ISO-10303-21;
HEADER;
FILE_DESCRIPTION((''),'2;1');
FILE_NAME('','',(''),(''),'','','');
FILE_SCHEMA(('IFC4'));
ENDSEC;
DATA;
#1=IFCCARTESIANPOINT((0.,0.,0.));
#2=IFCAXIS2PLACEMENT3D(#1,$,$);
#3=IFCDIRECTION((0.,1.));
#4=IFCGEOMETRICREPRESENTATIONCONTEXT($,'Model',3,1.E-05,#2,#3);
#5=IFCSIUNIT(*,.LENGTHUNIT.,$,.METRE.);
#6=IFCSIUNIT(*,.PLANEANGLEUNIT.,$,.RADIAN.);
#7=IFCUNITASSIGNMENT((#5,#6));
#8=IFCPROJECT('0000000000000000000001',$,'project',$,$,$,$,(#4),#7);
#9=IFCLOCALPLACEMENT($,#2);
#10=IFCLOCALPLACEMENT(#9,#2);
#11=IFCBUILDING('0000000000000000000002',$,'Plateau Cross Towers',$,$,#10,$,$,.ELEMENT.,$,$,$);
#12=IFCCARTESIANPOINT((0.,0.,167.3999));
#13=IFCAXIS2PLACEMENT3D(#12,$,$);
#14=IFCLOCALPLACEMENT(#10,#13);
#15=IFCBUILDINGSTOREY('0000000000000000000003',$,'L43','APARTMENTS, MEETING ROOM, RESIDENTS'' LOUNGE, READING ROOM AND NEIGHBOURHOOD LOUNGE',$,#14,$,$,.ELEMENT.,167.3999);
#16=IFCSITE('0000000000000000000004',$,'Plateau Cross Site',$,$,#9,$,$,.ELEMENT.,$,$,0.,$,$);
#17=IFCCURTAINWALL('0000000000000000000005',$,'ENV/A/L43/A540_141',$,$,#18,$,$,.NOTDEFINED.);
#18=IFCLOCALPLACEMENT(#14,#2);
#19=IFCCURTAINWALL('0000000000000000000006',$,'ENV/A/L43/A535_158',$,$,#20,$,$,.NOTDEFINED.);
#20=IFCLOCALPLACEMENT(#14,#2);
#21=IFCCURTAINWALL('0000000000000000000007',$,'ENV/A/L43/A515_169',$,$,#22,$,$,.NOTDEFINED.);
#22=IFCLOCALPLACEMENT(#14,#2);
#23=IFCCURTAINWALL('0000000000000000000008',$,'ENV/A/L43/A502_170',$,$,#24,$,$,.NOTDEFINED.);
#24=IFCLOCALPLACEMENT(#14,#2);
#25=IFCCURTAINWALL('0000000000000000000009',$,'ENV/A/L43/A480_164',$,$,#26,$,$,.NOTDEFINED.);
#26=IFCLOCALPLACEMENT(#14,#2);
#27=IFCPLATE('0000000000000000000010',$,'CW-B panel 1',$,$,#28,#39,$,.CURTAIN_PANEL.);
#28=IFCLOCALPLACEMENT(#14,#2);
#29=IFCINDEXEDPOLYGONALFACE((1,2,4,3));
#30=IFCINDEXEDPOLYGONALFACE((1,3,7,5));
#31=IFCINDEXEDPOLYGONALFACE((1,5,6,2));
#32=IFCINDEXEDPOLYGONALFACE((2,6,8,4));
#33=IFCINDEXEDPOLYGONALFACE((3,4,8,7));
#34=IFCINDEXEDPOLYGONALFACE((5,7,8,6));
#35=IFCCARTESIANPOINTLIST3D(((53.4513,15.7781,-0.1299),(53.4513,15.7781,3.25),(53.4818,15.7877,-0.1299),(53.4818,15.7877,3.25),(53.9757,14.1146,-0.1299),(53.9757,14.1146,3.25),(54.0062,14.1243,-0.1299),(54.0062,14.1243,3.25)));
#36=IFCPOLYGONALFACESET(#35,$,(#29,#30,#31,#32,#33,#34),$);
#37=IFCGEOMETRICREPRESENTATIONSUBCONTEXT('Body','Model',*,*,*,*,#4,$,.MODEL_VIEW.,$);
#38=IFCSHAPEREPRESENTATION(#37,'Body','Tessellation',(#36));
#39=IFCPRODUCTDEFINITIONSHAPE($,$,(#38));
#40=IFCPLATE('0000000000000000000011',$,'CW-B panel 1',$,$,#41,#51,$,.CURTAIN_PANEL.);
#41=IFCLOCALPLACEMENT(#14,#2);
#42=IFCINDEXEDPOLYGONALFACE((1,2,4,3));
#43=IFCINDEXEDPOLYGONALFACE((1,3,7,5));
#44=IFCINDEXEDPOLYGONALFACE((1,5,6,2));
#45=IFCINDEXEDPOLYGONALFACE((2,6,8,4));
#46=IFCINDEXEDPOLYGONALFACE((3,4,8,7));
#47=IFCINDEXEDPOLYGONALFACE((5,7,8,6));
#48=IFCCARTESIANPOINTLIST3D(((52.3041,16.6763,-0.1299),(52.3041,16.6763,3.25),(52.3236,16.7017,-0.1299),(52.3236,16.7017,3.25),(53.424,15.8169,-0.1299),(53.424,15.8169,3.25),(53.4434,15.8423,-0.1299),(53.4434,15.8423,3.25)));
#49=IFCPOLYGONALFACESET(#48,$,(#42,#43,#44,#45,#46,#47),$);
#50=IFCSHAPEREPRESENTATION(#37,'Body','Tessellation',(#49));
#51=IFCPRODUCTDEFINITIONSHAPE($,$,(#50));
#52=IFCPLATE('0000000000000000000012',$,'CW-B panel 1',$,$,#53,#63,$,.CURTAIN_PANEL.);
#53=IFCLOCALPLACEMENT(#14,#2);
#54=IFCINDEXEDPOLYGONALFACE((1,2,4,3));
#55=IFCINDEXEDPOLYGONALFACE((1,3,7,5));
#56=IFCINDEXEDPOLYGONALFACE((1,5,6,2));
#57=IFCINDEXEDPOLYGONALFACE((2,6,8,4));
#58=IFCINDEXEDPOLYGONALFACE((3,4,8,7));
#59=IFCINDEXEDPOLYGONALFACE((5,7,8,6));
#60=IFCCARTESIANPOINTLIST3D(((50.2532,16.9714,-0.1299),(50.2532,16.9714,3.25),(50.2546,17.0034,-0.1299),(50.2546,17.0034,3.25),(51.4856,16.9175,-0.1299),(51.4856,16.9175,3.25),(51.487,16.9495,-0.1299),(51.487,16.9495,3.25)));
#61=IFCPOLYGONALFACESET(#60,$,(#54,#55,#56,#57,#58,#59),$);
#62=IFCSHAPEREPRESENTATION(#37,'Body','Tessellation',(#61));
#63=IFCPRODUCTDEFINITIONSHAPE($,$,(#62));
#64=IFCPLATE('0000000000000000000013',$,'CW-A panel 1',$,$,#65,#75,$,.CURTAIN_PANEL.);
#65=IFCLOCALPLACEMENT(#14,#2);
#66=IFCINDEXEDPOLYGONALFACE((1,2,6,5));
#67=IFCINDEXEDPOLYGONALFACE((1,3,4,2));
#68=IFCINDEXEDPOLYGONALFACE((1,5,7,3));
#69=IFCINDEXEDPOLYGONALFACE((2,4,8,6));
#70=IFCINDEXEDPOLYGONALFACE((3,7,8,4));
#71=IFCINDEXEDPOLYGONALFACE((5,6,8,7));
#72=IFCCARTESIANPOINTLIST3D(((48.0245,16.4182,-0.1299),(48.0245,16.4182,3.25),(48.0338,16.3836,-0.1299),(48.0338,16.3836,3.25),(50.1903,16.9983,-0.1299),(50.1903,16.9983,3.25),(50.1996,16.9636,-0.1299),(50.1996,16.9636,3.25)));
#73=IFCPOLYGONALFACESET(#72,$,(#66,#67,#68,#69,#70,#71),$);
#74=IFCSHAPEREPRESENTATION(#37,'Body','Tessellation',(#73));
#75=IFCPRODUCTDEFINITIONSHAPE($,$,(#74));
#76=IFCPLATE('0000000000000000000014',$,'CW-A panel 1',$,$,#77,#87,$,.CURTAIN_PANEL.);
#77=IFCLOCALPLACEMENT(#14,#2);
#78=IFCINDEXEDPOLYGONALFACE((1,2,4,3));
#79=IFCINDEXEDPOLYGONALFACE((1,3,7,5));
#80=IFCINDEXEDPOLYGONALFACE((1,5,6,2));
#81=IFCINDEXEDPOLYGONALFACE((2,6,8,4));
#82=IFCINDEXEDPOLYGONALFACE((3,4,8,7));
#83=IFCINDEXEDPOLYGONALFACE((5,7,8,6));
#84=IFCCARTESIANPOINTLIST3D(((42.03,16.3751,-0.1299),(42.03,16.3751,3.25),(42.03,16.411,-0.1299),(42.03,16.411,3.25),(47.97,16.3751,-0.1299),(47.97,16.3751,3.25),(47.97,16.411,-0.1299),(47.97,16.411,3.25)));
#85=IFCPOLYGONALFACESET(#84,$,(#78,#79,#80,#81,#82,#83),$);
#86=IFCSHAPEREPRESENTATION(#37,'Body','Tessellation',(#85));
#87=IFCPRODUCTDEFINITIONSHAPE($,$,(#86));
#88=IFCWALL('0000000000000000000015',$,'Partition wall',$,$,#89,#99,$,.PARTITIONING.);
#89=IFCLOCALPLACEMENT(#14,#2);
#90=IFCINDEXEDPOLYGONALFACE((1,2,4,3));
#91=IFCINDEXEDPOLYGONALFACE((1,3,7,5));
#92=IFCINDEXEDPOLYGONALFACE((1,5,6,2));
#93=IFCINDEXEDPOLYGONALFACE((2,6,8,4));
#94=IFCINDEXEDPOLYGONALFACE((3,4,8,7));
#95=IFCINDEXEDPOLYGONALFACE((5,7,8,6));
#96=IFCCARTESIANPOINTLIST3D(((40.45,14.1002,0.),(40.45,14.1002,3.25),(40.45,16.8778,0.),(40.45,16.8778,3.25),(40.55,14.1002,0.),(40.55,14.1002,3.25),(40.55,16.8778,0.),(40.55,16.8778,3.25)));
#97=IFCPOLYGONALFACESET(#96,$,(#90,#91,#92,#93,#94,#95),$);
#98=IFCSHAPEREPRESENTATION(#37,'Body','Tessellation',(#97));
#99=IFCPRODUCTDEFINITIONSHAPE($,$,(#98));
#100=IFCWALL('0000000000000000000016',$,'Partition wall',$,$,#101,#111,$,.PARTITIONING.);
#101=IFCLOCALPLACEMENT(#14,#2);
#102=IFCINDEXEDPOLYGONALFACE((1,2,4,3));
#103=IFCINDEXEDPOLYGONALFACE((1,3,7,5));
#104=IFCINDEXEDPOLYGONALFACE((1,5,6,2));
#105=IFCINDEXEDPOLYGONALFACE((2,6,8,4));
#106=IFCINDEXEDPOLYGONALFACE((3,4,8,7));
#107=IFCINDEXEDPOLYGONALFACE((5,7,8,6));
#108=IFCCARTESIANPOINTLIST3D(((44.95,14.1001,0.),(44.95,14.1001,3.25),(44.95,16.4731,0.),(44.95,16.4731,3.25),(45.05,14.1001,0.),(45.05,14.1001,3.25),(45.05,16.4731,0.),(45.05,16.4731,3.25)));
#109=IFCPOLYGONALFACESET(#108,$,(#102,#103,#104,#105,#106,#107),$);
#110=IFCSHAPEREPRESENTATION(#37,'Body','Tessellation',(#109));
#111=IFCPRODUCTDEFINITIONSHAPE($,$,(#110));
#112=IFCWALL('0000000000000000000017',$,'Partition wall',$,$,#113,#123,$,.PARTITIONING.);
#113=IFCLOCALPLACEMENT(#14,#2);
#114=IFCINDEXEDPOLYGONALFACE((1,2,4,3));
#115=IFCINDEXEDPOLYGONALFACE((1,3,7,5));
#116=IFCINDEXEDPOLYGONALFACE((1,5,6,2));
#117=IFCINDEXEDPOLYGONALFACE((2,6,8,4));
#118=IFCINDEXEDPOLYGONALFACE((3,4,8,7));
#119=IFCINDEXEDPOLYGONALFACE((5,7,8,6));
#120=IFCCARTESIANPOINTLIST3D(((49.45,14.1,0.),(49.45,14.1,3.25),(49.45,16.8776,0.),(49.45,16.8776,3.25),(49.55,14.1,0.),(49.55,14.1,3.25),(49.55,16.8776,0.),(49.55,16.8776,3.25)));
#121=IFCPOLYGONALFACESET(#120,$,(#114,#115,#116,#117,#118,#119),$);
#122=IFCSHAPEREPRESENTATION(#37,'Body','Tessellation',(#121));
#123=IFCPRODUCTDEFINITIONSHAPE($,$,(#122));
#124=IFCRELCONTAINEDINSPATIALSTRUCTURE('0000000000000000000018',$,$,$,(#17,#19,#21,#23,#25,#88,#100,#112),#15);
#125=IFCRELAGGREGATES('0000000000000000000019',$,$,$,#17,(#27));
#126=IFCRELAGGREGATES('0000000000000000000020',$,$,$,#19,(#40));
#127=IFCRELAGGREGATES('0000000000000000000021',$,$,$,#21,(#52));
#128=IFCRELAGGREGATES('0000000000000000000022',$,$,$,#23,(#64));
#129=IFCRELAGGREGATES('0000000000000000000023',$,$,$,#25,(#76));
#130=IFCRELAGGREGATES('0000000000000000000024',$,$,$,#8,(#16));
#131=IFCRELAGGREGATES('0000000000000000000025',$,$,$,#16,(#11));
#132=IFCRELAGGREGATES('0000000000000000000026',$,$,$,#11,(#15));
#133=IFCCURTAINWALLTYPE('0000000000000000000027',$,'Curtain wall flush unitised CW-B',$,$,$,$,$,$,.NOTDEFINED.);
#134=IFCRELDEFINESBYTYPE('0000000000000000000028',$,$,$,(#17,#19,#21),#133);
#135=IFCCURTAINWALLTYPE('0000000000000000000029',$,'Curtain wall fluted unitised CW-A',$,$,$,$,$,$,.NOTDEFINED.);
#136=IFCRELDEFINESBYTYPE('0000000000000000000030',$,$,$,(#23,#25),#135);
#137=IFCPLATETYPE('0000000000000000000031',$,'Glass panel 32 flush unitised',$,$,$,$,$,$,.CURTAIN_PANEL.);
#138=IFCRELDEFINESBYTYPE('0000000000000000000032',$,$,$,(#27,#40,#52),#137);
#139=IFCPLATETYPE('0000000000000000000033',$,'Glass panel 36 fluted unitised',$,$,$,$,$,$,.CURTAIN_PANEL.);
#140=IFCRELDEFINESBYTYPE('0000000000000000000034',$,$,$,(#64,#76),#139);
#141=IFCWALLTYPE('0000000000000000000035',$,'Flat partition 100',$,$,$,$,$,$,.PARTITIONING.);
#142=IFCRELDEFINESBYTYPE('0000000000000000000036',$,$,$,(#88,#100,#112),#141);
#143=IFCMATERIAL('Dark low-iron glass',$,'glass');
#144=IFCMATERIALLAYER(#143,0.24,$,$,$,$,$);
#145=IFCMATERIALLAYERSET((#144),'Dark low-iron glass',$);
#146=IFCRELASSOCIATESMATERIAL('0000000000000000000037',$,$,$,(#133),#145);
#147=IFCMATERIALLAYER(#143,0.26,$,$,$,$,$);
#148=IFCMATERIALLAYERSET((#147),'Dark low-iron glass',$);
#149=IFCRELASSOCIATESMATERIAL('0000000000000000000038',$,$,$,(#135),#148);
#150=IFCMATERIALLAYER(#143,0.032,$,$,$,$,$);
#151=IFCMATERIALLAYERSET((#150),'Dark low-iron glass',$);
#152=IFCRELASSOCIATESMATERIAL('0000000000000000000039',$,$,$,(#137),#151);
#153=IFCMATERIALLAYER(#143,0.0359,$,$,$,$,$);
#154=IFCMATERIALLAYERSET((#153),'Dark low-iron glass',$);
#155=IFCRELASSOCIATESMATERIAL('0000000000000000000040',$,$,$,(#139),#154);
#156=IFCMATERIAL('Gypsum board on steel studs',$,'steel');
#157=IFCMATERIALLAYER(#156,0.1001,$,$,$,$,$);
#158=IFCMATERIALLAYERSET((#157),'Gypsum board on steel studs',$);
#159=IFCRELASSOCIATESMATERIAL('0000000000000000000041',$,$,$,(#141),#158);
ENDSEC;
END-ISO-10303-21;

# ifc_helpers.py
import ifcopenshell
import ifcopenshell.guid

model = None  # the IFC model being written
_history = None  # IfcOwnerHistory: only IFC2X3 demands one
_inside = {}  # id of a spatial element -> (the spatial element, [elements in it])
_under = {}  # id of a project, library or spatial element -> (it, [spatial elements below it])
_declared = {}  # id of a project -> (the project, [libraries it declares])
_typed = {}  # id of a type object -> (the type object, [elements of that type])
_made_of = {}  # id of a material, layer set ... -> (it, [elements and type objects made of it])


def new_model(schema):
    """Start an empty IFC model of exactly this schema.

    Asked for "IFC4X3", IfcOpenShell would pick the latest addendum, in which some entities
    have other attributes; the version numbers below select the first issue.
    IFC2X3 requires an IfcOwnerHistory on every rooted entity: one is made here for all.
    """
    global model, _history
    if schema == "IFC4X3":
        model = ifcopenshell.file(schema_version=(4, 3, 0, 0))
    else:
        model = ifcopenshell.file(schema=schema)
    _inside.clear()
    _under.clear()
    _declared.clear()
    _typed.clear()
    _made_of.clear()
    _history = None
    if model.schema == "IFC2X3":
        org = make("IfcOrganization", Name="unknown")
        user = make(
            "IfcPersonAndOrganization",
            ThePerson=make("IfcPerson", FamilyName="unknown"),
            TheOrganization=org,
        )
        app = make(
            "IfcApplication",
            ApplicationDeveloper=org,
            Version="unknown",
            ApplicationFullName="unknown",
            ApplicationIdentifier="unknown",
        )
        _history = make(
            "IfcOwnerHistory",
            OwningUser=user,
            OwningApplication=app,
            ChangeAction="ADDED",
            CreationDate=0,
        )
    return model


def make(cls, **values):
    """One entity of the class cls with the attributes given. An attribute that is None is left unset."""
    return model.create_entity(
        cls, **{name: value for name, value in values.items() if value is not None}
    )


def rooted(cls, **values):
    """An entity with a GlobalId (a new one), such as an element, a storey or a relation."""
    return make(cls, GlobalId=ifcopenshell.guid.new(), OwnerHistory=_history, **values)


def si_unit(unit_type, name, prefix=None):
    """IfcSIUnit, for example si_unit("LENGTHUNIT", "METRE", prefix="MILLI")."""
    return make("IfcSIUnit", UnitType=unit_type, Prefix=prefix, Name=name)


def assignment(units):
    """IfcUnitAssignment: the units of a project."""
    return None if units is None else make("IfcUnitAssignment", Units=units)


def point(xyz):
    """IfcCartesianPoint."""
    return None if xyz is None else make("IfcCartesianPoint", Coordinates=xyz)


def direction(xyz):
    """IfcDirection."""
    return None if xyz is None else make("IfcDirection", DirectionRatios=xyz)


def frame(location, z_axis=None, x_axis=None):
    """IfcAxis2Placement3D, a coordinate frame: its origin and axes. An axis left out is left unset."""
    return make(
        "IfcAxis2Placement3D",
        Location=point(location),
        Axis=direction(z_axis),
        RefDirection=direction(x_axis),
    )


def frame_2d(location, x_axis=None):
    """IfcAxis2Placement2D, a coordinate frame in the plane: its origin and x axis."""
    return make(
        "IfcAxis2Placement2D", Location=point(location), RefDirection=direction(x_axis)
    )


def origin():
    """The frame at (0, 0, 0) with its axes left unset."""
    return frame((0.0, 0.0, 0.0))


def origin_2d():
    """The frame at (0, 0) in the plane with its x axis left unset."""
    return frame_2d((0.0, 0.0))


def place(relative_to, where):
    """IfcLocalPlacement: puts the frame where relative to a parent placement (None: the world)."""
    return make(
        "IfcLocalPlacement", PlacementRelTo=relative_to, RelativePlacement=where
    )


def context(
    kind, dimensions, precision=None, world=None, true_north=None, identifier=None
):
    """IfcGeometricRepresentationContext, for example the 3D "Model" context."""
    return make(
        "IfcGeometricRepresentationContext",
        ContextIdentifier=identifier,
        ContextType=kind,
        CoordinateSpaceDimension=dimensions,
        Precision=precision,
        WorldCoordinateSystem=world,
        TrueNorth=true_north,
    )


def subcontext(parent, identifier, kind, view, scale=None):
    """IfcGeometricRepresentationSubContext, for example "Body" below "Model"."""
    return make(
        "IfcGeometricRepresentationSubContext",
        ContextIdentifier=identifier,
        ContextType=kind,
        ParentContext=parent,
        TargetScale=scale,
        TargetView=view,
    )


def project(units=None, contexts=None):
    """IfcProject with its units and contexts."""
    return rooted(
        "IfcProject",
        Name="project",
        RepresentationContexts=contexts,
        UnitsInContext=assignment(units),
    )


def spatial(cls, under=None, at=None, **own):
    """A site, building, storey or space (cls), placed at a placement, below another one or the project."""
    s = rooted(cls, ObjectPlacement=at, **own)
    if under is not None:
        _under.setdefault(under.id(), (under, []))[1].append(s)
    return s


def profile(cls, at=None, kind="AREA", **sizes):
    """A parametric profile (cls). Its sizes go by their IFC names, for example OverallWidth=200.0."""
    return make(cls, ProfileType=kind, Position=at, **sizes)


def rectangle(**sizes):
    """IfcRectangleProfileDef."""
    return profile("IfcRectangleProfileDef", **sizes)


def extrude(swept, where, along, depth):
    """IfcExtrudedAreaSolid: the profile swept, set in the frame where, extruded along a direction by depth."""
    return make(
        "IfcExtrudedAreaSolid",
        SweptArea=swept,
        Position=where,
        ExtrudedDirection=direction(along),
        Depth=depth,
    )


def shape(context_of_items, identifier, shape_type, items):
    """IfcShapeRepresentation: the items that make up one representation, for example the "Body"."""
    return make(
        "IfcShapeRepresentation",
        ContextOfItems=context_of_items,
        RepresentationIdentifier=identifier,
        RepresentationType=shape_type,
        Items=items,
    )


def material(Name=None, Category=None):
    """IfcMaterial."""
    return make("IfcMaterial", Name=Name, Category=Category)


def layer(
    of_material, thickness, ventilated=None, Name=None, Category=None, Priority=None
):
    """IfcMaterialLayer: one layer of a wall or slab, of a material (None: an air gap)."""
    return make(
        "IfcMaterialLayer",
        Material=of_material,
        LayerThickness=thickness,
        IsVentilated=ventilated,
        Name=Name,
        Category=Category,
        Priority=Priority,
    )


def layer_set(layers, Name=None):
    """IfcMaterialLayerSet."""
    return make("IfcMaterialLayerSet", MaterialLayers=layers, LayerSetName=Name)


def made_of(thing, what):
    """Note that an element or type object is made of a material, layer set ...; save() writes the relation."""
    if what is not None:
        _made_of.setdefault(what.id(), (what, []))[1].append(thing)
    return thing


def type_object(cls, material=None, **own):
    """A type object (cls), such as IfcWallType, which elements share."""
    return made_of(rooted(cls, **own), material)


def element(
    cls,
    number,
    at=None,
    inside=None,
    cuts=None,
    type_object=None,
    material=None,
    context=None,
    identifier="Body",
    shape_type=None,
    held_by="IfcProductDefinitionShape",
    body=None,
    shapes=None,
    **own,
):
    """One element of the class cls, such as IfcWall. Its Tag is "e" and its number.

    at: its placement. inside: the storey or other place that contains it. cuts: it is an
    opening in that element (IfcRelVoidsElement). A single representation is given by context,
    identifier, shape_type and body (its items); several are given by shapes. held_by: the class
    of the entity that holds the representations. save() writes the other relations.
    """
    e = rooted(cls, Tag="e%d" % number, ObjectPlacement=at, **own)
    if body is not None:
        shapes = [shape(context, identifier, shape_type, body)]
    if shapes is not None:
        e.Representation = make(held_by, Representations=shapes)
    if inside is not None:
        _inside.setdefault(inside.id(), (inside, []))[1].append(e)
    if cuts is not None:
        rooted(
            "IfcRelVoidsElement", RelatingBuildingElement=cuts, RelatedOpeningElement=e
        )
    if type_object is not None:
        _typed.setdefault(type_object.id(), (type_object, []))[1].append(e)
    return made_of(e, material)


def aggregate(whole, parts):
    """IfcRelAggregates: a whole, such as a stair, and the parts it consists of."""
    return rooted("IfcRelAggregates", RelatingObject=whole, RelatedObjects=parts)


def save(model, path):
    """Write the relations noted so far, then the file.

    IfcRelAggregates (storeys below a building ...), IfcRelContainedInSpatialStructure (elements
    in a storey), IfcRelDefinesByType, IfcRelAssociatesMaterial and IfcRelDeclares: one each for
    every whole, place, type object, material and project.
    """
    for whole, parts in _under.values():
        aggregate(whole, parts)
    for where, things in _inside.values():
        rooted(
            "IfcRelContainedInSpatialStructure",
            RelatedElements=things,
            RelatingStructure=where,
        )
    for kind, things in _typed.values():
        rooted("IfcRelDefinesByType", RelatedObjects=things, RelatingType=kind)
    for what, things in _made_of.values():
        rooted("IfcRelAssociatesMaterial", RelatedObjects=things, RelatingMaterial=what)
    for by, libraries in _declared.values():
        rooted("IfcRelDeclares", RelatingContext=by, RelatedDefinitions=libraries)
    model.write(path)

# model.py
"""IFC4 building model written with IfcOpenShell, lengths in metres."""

from ifc_helpers import new_model, si_unit, direction, frame, frame_2d, origin, origin_2d, place, context, subcontext, project, spatial, rectangle, extrude, material, layer, layer_set, type_object, element, aggregate, save


model = new_model("IFC4")

# Units and contexts
model_context = context("Model", 3, precision=1e-05, world=origin(), true_north=direction((0.0, 1.0)))
body_context = subcontext(model_context, "Body", "Model", "MODEL_VIEW")
ifc_project = project(units=[si_unit("LENGTHUNIT", "METRE"), si_unit("PLANEANGLEUNIT", "RADIAN")], contexts=[model_context])

# Site, building, storey
site_placement = place(None, origin())
site = spatial("IfcSite", under=ifc_project, at=site_placement, Name="Plateau Cross Site", CompositionType="ELEMENT", RefElevation=0.0)
building_placement = place(site_placement, origin())
building = spatial("IfcBuilding", under=site, at=building_placement, Name="Plateau Cross Towers", CompositionType="ELEMENT")
storey_placement = place(building_placement, frame((0.0, 0.0, 167.3999)))
storey = spatial("IfcBuildingStorey", under=building, at=storey_placement, Name="L43", Description="APARTMENTS, MEETING ROOM, RESIDENTS' LOUNGE, READING ROOM AND NEIGHBOURHOOD LOUNGE", CompositionType="ELEMENT", Elevation=167.3999)

# Curtain wall
ifc_material_1 = material(Name="Dark low-iron glass", Category="glass")
ifc_layer_1 = layer(ifc_material_1, 0.24)
ifc_layer_set_1 = layer_set([ifc_layer_1], Name="Dark low-iron glass")
curtain_wall_type_1 = type_object("IfcCurtainWallType", Name="Curtain wall flush unitised CW-B", PredefinedType="NOTDEFINED", material=ifc_layer_set_1)
curtain_wall_1_placement = place(storey_placement, origin())
curtain_wall_1 = element("IfcCurtainWall", 1, at=curtain_wall_1_placement, inside=storey, type_object=curtain_wall_type_1, Name="ENV/A/L43/A540_141", PredefinedType="NOTDEFINED")

# Curtain wall
curtain_wall_2_placement = place(storey_placement, origin())
curtain_wall_2 = element("IfcCurtainWall", 2, at=curtain_wall_2_placement, inside=storey, type_object=curtain_wall_type_1, Name="ENV/A/L43/A535_158", PredefinedType="NOTDEFINED")

# Curtain walls
curtain_wall_3_placement = place(storey_placement, origin())
curtain_wall_3 = element("IfcCurtainWall", 3, at=curtain_wall_3_placement, inside=storey, type_object=curtain_wall_type_1, Name="ENV/A/L43/A515_169", PredefinedType="NOTDEFINED")
ifc_layer_2 = layer(ifc_material_1, 0.26)
ifc_layer_set_2 = layer_set([ifc_layer_2], Name="Dark low-iron glass")
curtain_wall_type_2 = type_object("IfcCurtainWallType", Name="Curtain wall fluted unitised CW-A", PredefinedType="NOTDEFINED", material=ifc_layer_set_2)
curtain_wall_4_placement = place(storey_placement, origin())
curtain_wall_4 = element("IfcCurtainWall", 4, at=curtain_wall_4_placement, inside=storey, type_object=curtain_wall_type_2, Name="ENV/A/L43/A502_170", PredefinedType="NOTDEFINED")
curtain_wall_5_placement = place(storey_placement, origin())
curtain_wall_5 = element("IfcCurtainWall", 5, at=curtain_wall_5_placement, inside=storey, type_object=curtain_wall_type_2, Name="ENV/A/L43/A480_164", PredefinedType="NOTDEFINED")

# Plates
ifc_layer_3 = layer(ifc_material_1, 0.032)
ifc_layer_set_3 = layer_set([ifc_layer_3], Name="Dark low-iron glass")
plate_type_1 = type_object("IfcPlateType", Name="Glass panel 32 flush unitised", PredefinedType="CURTAIN_PANEL", material=ifc_layer_set_3)
plate_1_placement = place(storey_placement, frame((53.7288, 14.9512, -0.1299), z_axis=(0.0, 0.0, 1.0), x_axis=(-0.300686, 0.953723, 0.0)))
plate_1 = element("IfcPlate", 6, at=plate_1_placement, type_object=plate_type_1, Name="CW-B panel 1", PredefinedType="CURTAIN_PANEL", context=body_context, shape_type="SweptSolid", body=[
    extrude(rectangle(XDim=1.7441, YDim=0.032, at=origin_2d()), origin(), (0.0, 0.0, 1.0), 3.3799),
])
aggregate(curtain_wall_1, [plate_1])
plate_2_placement = place(storey_placement, frame((52.8738, 16.2593, -0.1299), z_axis=(0.0, 0.0, 1.0), x_axis=(-0.793316, 0.608811, 0.0)))
plate_2 = element("IfcPlate", 7, at=plate_2_placement, type_object=plate_type_1, Name="CW-B panel 1", PredefinedType="CURTAIN_PANEL", context=body_context, shape_type="SweptSolid", body=[
    extrude(rectangle(XDim=1.4116, YDim=0.032, at=origin_2d()), origin(), (0.0, 0.0, 1.0), 3.3799),
])
aggregate(curtain_wall_2, [plate_2])
plate_3_placement = place(storey_placement, frame((50.8701, 16.9604, -0.1299), z_axis=(0.0, 0.0, 1.0), x_axis=(-0.999044, 0.043723, 0.0)))
plate_3 = element("IfcPlate", 8, at=plate_3_placement, type_object=plate_type_1, Name="CW-B panel 1", PredefinedType="CURTAIN_PANEL", context=body_context, shape_type="SweptSolid", body=[
    extrude(rectangle(XDim=1.2336, YDim=0.032, at=origin_2d()), origin(), (0.0, 0.0, 1.0), 3.3799),
])
aggregate(curtain_wall_3, [plate_3])
ifc_layer_4 = layer(ifc_material_1, 0.0359)
ifc_layer_set_4 = layer_set([ifc_layer_4], Name="Dark low-iron glass")
plate_type_2 = type_object("IfcPlateType", Name="Glass panel 36 fluted unitised", PredefinedType="CURTAIN_PANEL", material=ifc_layer_set_4)
plate_4_placement = place(storey_placement, frame((49.1121, 16.6909, -0.1299), z_axis=(0.0, 0.0, 1.0), x_axis=(-0.965958, -0.258699, 0.0)))
plate_4 = element("IfcPlate", 9, at=plate_4_placement, type_object=plate_type_2, Name="CW-A panel 1", PredefinedType="CURTAIN_PANEL", context=body_context, shape_type="SweptSolid", body=[
    extrude(rectangle(XDim=2.2422, YDim=0.0359, at=origin_2d()), origin(), (0.0, 0.0, 1.0), 3.3799),
])
aggregate(curtain_wall_4, [plate_4])
plate_5_placement = place(storey_placement, frame((45.0, 16.3931, -0.1299), z_axis=(0.0, 0.0, 1.0), x_axis=(-1.0, 0.0, 0.0)))
plate_5 = element("IfcPlate", 10, at=plate_5_placement, type_object=plate_type_2, Name="CW-A panel 1", PredefinedType="CURTAIN_PANEL", context=body_context, shape_type="SweptSolid", body=[
    extrude(rectangle(XDim=5.9399, YDim=0.0359, at=origin_2d()), origin(), (0.0, 0.0, 1.0), 3.3799),
])
aggregate(curtain_wall_5, [plate_5])

# Walls
ifc_material_2 = material(Name="Gypsum board on steel studs", Category="steel")
ifc_layer_5 = layer(ifc_material_2, 0.1001)
ifc_layer_set_5 = layer_set([ifc_layer_5], Name="Gypsum board on steel studs")
wall_type = type_object("IfcWallType", Name="Flat partition 100", PredefinedType="PARTITIONING", material=ifc_layer_set_5)
wall_1_placement = place(storey_placement, frame((40.5, 16.8777, 0.0), z_axis=(0.0, 0.0, 1.0), x_axis=(0.0, -1.0, 0.0)))
element("IfcWall", 11, at=wall_1_placement, inside=storey, type_object=wall_type, Name="Partition wall", PredefinedType="PARTITIONING", context=body_context, shape_type="SweptSolid", body=[
    extrude(rectangle(XDim=2.7776, YDim=0.1001, at=frame_2d((1.3887, 0.0))), origin(), (0.0, 0.0, 1.0), 3.25),
])
wall_2_placement = place(storey_placement, frame((45.0, 14.1001, 0.0), z_axis=(0.0, 0.0, 1.0), x_axis=(0.0, 1.0, 0.0)))
element("IfcWall", 12, at=wall_2_placement, inside=storey, type_object=wall_type, Name="Partition wall", PredefinedType="PARTITIONING", context=body_context, shape_type="SweptSolid", body=[
    extrude(rectangle(XDim=2.373, YDim=0.1001, at=frame_2d((1.1865, 0.0))), origin(), (0.0, 0.0, 1.0), 3.25),
])
wall_3_placement = place(storey_placement, frame((49.5, 14.1001, 0.0), z_axis=(0.0, 0.0, 1.0), x_axis=(0.0, 1.0, 0.0)))
element("IfcWall", 13, at=wall_3_placement, inside=storey, type_object=wall_type, Name="Partition wall", PredefinedType="PARTITIONING", context=body_context, shape_type="SweptSolid", body=[
    extrude(rectangle(XDim=2.7776, YDim=0.1001, at=frame_2d((1.3887, 0.0))), origin(), (0.0, 0.0, 1.0), 3.25),
])

save(model, "model.ifc")
